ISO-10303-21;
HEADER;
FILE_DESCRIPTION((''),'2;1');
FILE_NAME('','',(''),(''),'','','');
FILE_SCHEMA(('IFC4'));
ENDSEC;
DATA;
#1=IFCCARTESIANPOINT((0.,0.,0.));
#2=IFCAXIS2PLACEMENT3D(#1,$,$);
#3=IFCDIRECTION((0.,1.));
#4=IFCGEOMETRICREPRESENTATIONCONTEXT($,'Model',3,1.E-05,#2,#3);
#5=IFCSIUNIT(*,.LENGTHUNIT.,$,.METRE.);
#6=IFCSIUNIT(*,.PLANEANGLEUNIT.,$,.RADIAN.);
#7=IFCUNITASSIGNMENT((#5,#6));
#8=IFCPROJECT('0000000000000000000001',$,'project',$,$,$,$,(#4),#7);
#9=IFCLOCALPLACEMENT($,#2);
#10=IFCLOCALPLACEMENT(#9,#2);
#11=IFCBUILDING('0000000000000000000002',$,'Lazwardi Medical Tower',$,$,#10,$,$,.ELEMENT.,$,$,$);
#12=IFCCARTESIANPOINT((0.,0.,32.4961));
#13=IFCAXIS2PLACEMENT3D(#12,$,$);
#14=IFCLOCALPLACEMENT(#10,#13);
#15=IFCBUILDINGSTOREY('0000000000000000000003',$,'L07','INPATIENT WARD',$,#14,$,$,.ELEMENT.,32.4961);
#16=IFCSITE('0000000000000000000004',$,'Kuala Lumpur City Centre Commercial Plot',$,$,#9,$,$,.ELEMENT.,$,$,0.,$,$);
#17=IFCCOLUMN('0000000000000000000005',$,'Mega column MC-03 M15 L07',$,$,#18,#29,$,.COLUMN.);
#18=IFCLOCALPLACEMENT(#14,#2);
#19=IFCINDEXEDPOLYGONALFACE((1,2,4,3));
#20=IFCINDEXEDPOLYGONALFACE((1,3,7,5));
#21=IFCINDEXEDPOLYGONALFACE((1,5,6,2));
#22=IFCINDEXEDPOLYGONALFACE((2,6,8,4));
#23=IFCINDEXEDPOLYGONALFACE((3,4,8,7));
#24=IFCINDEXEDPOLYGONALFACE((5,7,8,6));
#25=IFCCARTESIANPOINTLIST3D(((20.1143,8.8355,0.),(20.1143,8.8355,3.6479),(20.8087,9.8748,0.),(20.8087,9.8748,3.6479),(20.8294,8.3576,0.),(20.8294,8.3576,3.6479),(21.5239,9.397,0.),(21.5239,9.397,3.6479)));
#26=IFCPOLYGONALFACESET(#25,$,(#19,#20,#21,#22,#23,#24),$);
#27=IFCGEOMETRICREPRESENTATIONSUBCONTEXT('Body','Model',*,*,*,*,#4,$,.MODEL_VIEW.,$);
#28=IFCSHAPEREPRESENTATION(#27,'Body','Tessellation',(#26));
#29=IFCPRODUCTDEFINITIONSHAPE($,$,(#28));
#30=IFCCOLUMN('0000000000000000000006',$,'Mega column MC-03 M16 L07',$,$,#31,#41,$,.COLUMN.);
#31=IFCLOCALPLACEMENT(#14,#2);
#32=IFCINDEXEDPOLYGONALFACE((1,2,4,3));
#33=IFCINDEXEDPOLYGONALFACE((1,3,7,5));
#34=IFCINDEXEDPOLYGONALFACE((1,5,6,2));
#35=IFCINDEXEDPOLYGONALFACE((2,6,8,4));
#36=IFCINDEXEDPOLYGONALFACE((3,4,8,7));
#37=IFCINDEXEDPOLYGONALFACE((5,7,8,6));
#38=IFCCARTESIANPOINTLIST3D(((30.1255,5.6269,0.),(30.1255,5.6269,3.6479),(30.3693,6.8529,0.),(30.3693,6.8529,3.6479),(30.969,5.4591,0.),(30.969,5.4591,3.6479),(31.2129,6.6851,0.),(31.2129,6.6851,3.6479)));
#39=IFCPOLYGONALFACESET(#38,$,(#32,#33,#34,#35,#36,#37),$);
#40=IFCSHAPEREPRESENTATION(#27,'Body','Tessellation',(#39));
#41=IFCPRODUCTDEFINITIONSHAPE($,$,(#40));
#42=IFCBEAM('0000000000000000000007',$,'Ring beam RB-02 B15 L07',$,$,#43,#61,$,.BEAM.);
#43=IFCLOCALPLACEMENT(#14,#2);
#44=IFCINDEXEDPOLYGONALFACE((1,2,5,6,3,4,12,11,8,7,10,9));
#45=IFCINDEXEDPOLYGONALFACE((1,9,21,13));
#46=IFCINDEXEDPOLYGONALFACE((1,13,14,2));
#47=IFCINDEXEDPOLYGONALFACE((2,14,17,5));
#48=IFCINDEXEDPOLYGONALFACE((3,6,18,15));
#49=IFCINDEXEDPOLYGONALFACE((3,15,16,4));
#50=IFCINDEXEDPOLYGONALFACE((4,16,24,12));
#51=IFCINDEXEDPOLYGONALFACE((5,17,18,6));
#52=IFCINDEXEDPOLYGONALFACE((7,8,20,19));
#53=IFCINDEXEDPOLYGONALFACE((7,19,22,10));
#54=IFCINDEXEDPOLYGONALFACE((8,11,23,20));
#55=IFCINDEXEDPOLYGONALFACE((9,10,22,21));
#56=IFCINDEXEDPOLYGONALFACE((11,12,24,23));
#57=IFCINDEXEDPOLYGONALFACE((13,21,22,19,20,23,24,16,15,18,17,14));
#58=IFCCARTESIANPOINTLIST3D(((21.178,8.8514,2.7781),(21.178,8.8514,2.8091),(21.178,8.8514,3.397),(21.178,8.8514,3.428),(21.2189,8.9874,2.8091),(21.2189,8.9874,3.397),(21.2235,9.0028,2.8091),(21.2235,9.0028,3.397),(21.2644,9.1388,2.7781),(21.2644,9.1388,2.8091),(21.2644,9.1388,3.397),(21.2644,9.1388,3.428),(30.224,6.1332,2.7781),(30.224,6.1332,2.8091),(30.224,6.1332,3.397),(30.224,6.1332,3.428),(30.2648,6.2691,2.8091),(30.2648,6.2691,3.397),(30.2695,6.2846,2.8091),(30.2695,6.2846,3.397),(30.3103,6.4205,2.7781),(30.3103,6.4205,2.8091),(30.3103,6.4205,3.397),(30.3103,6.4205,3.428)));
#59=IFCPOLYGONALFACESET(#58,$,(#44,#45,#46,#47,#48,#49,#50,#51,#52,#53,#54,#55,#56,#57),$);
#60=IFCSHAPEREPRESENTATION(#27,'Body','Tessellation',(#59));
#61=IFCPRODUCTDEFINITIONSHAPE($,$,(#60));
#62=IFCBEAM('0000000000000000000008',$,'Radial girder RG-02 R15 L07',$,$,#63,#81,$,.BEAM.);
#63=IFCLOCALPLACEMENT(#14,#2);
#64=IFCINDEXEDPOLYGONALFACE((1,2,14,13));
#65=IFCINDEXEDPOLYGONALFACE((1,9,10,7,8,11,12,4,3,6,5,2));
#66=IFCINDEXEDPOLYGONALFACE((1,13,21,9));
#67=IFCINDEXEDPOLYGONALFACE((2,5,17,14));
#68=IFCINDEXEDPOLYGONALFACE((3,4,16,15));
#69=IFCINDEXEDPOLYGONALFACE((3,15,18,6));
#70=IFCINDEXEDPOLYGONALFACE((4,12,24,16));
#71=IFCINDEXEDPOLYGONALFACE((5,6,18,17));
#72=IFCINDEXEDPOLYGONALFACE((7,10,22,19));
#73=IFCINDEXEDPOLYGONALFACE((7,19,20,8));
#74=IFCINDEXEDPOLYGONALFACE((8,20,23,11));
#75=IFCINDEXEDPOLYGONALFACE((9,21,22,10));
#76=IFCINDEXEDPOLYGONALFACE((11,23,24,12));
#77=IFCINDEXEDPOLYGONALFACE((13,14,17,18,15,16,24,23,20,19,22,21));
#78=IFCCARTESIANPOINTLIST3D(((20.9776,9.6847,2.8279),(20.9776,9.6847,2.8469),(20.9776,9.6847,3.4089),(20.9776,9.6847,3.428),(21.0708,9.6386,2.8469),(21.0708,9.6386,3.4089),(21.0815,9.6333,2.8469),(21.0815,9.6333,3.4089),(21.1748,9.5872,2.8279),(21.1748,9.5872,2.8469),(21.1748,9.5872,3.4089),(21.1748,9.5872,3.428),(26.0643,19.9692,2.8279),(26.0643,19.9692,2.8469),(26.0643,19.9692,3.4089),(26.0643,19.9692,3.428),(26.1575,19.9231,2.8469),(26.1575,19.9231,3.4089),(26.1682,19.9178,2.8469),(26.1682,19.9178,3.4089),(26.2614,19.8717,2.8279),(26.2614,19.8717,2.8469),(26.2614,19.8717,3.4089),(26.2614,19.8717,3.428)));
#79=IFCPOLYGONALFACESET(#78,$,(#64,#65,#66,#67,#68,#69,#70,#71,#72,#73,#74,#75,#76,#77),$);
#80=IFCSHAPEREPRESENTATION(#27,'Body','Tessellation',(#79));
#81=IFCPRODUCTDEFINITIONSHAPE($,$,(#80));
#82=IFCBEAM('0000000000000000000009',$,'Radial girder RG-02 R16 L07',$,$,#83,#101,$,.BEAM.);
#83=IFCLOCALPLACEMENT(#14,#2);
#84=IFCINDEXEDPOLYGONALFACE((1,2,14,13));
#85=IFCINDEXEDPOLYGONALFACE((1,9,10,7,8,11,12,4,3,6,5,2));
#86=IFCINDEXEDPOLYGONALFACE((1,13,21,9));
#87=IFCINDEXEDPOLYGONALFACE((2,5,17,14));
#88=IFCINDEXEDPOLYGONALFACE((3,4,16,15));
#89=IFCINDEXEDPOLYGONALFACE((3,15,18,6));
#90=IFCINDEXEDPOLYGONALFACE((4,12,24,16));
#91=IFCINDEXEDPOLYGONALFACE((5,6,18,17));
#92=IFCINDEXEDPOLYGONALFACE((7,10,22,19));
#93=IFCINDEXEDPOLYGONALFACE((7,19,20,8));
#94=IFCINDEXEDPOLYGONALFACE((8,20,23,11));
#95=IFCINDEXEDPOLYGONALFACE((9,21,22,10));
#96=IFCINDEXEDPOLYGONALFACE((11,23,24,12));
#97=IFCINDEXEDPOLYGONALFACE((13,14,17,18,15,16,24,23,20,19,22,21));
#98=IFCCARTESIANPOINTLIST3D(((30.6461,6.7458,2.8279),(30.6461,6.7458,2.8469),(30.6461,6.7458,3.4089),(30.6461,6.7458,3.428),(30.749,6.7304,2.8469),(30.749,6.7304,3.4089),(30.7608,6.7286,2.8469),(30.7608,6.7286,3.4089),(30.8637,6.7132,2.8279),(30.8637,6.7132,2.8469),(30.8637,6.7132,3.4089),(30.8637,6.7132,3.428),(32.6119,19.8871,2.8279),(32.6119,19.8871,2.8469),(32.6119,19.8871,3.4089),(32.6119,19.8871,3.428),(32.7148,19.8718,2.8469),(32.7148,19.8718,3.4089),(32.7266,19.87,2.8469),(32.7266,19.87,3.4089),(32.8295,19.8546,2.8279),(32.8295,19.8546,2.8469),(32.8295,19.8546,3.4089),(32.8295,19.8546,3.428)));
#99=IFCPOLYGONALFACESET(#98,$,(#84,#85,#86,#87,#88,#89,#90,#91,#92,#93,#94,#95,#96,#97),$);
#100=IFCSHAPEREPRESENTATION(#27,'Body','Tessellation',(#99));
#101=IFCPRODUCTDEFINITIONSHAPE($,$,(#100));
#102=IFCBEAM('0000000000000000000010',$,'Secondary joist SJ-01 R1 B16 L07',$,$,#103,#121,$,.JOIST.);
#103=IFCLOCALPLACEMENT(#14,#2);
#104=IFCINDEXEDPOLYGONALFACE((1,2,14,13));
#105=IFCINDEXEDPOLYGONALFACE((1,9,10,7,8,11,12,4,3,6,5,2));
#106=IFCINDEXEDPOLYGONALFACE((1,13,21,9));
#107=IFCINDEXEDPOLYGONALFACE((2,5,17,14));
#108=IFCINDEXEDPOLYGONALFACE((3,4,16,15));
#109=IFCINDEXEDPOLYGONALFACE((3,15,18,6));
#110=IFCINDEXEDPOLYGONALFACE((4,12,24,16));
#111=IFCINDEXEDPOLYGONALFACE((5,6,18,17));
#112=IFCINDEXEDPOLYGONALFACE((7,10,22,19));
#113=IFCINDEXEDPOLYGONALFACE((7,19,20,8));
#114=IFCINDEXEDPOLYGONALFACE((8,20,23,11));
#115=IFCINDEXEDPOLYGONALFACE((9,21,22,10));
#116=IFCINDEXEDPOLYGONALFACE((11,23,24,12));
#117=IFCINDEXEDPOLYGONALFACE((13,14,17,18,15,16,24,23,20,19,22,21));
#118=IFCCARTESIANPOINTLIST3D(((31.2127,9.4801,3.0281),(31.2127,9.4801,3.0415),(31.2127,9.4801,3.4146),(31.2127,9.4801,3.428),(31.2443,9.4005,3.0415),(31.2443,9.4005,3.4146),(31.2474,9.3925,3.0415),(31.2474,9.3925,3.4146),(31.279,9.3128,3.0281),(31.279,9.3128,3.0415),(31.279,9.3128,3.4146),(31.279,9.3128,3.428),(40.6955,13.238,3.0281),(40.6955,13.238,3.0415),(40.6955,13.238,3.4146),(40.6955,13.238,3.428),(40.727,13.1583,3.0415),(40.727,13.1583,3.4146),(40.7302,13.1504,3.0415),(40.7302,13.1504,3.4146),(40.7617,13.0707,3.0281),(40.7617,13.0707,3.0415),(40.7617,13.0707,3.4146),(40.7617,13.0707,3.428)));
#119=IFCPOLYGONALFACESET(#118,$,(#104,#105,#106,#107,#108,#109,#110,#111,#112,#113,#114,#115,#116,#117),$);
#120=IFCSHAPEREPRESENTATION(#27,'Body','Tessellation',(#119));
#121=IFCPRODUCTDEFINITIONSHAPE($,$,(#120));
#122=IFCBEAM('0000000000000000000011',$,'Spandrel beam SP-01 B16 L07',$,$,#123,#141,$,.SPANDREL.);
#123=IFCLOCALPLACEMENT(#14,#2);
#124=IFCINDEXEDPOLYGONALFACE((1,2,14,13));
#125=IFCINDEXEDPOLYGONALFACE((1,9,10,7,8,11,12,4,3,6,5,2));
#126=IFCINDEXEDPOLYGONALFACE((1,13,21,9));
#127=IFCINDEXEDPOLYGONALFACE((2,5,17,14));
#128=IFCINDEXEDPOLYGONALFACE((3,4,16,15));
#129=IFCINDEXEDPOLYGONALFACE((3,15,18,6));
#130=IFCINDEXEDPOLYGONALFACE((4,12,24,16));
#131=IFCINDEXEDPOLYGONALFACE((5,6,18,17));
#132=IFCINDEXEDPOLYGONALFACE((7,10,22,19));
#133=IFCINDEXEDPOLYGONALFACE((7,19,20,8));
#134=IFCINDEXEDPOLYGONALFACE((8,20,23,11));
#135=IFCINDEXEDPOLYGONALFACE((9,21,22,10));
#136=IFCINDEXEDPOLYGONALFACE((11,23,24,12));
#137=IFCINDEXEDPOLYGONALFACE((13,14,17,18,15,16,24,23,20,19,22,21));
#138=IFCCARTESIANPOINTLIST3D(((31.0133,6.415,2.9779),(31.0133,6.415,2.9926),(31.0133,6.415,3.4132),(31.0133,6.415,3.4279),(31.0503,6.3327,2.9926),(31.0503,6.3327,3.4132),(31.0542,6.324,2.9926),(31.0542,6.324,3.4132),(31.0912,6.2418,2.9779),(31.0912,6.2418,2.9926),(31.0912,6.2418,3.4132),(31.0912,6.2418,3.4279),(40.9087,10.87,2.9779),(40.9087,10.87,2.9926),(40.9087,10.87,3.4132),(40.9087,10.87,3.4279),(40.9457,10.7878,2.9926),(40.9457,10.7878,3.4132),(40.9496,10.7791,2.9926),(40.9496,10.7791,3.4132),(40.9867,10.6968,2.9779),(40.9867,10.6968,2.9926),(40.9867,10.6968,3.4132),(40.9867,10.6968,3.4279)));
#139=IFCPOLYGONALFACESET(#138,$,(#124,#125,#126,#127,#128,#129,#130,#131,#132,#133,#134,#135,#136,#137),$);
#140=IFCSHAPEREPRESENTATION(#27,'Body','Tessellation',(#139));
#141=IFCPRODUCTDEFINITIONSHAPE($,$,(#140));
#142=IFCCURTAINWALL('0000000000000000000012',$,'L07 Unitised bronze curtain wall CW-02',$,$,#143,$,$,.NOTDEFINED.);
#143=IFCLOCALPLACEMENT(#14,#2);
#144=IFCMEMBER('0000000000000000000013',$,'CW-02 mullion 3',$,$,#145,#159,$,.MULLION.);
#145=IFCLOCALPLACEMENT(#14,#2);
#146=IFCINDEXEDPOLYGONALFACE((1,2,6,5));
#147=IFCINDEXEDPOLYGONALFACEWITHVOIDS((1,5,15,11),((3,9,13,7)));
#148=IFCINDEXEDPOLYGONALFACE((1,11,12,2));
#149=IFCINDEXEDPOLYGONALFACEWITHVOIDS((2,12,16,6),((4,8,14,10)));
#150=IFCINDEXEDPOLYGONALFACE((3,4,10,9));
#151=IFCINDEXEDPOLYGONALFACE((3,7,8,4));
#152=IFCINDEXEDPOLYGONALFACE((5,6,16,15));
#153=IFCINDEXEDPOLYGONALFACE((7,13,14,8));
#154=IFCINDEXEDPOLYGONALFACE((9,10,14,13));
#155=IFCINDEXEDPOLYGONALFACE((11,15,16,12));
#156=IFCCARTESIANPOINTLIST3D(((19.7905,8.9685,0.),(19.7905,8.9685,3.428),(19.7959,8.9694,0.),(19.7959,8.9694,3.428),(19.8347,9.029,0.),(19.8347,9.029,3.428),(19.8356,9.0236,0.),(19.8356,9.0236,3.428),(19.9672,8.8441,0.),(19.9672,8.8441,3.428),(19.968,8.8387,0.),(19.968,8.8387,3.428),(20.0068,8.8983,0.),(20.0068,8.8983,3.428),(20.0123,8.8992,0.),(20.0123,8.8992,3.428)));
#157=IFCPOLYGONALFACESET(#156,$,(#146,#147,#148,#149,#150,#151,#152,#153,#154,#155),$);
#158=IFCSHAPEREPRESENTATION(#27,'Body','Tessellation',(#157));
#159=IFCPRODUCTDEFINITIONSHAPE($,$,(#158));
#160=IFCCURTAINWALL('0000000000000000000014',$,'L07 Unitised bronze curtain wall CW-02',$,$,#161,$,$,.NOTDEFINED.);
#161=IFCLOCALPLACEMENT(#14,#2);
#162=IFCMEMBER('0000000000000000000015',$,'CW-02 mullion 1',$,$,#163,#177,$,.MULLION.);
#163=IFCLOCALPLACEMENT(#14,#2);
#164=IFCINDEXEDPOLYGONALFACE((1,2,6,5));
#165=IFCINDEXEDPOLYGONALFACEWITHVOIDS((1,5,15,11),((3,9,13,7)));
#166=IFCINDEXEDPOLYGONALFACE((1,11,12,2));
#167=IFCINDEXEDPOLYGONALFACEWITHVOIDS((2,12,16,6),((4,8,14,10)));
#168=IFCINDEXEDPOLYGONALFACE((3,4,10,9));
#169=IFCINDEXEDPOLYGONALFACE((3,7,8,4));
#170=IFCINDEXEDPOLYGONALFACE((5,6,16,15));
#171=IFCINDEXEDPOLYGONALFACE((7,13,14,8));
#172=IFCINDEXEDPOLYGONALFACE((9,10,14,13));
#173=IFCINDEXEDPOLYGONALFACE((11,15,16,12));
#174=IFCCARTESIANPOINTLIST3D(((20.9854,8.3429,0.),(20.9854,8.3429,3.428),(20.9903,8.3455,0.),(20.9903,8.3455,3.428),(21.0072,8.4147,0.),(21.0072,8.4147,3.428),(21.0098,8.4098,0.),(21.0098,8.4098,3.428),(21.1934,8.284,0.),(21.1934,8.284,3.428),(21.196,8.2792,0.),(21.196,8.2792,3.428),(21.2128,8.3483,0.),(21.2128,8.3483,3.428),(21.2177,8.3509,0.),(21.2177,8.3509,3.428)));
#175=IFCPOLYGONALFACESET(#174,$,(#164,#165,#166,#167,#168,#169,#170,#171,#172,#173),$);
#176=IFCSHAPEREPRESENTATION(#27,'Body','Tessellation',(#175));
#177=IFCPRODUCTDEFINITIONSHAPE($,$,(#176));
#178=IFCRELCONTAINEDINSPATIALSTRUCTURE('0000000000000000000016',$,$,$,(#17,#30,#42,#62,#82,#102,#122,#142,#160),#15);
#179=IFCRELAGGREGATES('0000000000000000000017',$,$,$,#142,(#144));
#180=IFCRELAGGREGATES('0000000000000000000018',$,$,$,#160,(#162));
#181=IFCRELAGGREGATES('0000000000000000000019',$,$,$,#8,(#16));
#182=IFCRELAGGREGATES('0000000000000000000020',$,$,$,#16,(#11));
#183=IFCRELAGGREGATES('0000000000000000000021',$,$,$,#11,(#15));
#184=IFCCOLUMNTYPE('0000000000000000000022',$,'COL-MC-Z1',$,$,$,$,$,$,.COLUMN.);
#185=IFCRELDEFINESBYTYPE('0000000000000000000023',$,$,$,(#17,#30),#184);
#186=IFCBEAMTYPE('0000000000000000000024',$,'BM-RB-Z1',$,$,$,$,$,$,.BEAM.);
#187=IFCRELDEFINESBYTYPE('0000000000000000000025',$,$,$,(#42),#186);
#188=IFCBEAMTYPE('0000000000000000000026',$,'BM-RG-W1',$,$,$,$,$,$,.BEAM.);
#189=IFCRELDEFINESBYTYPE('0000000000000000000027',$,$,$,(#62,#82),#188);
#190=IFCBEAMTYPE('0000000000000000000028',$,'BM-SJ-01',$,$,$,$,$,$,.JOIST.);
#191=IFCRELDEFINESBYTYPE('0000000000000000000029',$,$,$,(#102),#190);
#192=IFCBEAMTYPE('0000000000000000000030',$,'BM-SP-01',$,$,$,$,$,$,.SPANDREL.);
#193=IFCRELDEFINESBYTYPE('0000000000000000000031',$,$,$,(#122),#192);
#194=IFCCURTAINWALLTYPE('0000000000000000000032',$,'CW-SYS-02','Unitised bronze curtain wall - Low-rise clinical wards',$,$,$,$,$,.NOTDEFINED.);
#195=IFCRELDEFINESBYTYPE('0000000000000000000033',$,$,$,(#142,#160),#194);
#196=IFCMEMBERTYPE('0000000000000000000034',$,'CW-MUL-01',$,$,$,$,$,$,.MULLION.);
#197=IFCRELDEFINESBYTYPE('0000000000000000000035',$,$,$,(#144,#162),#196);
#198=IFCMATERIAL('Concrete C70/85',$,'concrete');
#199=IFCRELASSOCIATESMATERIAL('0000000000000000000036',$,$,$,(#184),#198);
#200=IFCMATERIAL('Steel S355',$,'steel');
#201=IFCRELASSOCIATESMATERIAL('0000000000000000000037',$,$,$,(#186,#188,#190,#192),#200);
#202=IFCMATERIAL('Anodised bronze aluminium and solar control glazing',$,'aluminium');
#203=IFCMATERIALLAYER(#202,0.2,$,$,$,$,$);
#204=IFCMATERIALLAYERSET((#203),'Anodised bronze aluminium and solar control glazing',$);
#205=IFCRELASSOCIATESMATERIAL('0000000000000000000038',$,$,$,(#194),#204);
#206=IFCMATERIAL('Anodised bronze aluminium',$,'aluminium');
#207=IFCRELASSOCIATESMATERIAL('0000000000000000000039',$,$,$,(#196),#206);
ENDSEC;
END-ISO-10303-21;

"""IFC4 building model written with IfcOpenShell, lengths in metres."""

from ifc_helpers import new_model, si_unit, direction, frame, origin, origin_2d, place, context, subcontext, project, spatial, rectangle, hollow_rectangle, i_section, extrude, material, layer, layer_set, material_profile, profile_set, type_object, element, aggregate, save


model = new_model("IFC4")

# Units and contexts
model_context = context("Model", 3, precision=1e-05, world=origin(), true_north=direction((0.0, 1.0)))
body_context = subcontext(model_context, "Body", "Model", "MODEL_VIEW")
ifc_project = project(units=[si_unit("LENGTHUNIT", "METRE"), si_unit("PLANEANGLEUNIT", "RADIAN")], contexts=[model_context])

# Site, building, storey
site_placement = place(None, origin())
site = spatial("IfcSite", under=ifc_project, at=site_placement, Name="Kuala Lumpur City Centre Commercial Plot", CompositionType="ELEMENT", RefElevation=0.0)
building_placement = place(site_placement, origin())
building = spatial("IfcBuilding", under=site, at=building_placement, Name="Lazwardi Medical Tower", CompositionType="ELEMENT")
storey_placement = place(building_placement, frame((0.0, 0.0, 32.4961)))
storey = spatial("IfcBuildingStorey", under=building, at=storey_placement, Name="L07", Description="INPATIENT WARD", CompositionType="ELEMENT", Elevation=32.4961)

# Columns
ifc_material_1 = material(Name="Concrete C70/85", Category="concrete")
ifc_material_profile_1 = material_profile(ifc_material_1, rectangle(XDim=1.25, YDim=0.8601, at=origin_2d()), Name="CFT-RECT 1250x860")
ifc_profile_set_1 = profile_set([ifc_material_profile_1], Name="Concrete C70/85")
column_type = type_object("IfcColumnType", Name="COL-MC-Z1", PredefinedType="COLUMN", material=ifc_profile_set_1)
for number, where, z_axis, x_axis, name in (
    (1, (20.8191, 9.1162, 0.0), (0.0, 0.0, 1.0), (-0.55557, -0.83147, 0.0), "Mega column MC-03 M15 L07"),
    (2, (30.6692, 6.156, 0.0), (0.0, 0.0, 1.0), (-0.19509, -0.980785, 0.0), "Mega column MC-03 M16 L07"),
):
    element("IfcColumn", number, at=place(storey_placement, frame(where, z_axis=z_axis, x_axis=x_axis)), inside=storey, type_object=column_type, Name=name, PredefinedType="COLUMN", context=body_context, shape_type="SweptSolid", body=[
        extrude(rectangle(XDim=1.25, YDim=0.8601, at=origin_2d()), origin(), (0.0, 0.0, 1.0), 3.6479),
    ])

# Beams
ifc_material_2 = material(Name="Steel S355", Category="steel")
ifc_material_profile_2 = material_profile(ifc_material_2, i_section(OverallWidth=0.3, OverallDepth=0.6499, WebThickness=0.0161, FlangeThickness=0.031, at=origin_2d()), Name="HEB 650")
ifc_profile_set_2 = profile_set([ifc_material_profile_2], Name="Steel S355")
beam_type_1 = type_object("IfcBeamType", Name="BM-RB-Z1", PredefinedType="BEAM", material=ifc_profile_set_2)
beam_1_placement = place(storey_placement, frame((21.2212, 8.9951, 3.103), z_axis=(0.957695, -0.287784, 0.0), x_axis=(0.287784, 0.957695, 0.0)))
element("IfcBeam", 3, at=beam_1_placement, inside=storey, type_object=beam_type_1, Name="Ring beam RB-02 B15 L07", PredefinedType="BEAM", context=body_context, shape_type="SweptSolid", body=[
    extrude(i_section(OverallWidth=0.3, OverallDepth=0.6499, WebThickness=0.0161, FlangeThickness=0.031, at=origin_2d()), origin(), (0.0, 0.0, 1.0), 9.4456),
])
ifc_material_profile_3 = material_profile(ifc_material_2, i_section(OverallWidth=0.22, OverallDepth=0.6001, WebThickness=0.012, FlangeThickness=0.019, at=origin_2d()), Name="IPE 600")
ifc_profile_set_3 = profile_set([ifc_material_profile_3], Name="Steel S355")
beam_type_2 = type_object("IfcBeamType", Name="BM-RG-W1", PredefinedType="BEAM", material=ifc_profile_set_3)
beam_2_placement = place(storey_placement, frame((21.0762, 9.636, 3.1279), z_axis=(0.443337, 0.896355, 0.0), x_axis=(-0.896355, 0.443337, 0.0)))
element("IfcBeam", 4, at=beam_2_placement, inside=storey, type_object=beam_type_2, Name="Radial girder RG-02 R15 L07", PredefinedType="BEAM", context=body_context, shape_type="SweptSolid", body=[
    extrude(i_section(OverallWidth=0.22, OverallDepth=0.6001, WebThickness=0.012, FlangeThickness=0.019, at=origin_2d()), origin(), (0.0, 0.0, 1.0), 11.4736),
])
beam_3_placement = place(storey_placement, frame((30.7549, 6.7295, 3.1279), z_axis=(0.147944, 0.988996, 0.0), x_axis=(-0.988996, 0.147944, 0.0)))
element("IfcBeam", 5, at=beam_3_placement, inside=storey, type_object=beam_type_2, Name="Radial girder RG-02 R16 L07", PredefinedType="BEAM", context=body_context, shape_type="SweptSolid", body=[
    extrude(i_section(OverallWidth=0.22, OverallDepth=0.6001, WebThickness=0.012, FlangeThickness=0.019, at=origin_2d()), origin(), (0.0, 0.0, 1.0), 13.2876),
])
ifc_material_profile_4 = material_profile(ifc_material_2, i_section(OverallWidth=0.1799, OverallDepth=0.3999, WebThickness=0.0085, FlangeThickness=0.0134, at=origin_2d()), Name="IPE 400")
ifc_profile_set_4 = profile_set([ifc_material_profile_4], Name="Steel S355")
beam_type_3 = type_object("IfcBeamType", Name="BM-SJ-01", PredefinedType="JOIST", material=ifc_profile_set_4)
beam_4_placement = place(storey_placement, frame((31.2458, 9.3965, 3.228), z_axis=(0.929664, 0.368409, 0.0), x_axis=(-0.368409, 0.929664, 0.0)))
element("IfcBeam", 6, at=beam_4_placement, inside=storey, type_object=beam_type_3, Name="Secondary joist SJ-01 R1 B16 L07", PredefinedType="JOIST", context=body_context, shape_type="SweptSolid", body=[
    extrude(i_section(OverallWidth=0.1799, OverallDepth=0.3999, WebThickness=0.0085, FlangeThickness=0.0134, at=origin_2d()), origin(), (0.0, 0.0, 1.0), 10.2002),
])
ifc_material_profile_5 = material_profile(ifc_material_2, i_section(OverallWidth=0.1899, OverallDepth=0.45, WebThickness=0.0095, FlangeThickness=0.0146, at=origin_2d()), Name="IPE 450")
ifc_profile_set_5 = profile_set([ifc_material_profile_5], Name="Steel S355")
beam_type_4 = type_object("IfcBeamType", Name="BM-SP-01", PredefinedType="SPANDREL", material=ifc_profile_set_5)
beam_5_placement = place(storey_placement, frame((31.0522, 6.3284, 3.2029), z_axis=(0.911849, 0.410526, 0.0), x_axis=(-0.410526, 0.911849, 0.0)))
element("IfcBeam", 7, at=beam_5_placement, inside=storey, type_object=beam_type_4, Name="Spandrel beam SP-01 B16 L07", PredefinedType="SPANDREL", context=body_context, shape_type="SweptSolid", body=[
    extrude(i_section(OverallWidth=0.1899, OverallDepth=0.45, WebThickness=0.0095, FlangeThickness=0.0146, at=origin_2d()), origin(), (0.0, 0.0, 1.0), 10.8521),
])

# Curtain wall, member
ifc_material_3 = material(Name="Anodised bronze aluminium and solar control glazing", Category="aluminium")
ifc_layer_1 = layer(ifc_material_3, 0.2)
ifc_layer_set_1 = layer_set([ifc_layer_1], Name="Anodised bronze aluminium and solar control glazing")
curtain_wall_type = type_object("IfcCurtainWallType", Name="CW-SYS-02", Description="Unitised bronze curtain wall - Low-rise clinical wards", PredefinedType="NOTDEFINED", material=ifc_layer_set_1)
curtain_wall_1_placement = place(storey_placement, origin())
curtain_wall_1 = element("IfcCurtainWall", 8, at=curtain_wall_1_placement, inside=storey, type_object=curtain_wall_type, Name="L07 Unitised bronze curtain wall CW-02", PredefinedType="NOTDEFINED")
ifc_material_4 = material(Name="Anodised bronze aluminium", Category="aluminium")
ifc_material_profile_6 = material_profile(ifc_material_4, hollow_rectangle(XDim=0.075, YDim=0.22, WallThickness=0.0039, at=origin_2d()), Name="ALU-MULLION 220x75x4")
ifc_profile_set_6 = profile_set([ifc_material_profile_6], Name="Anodised bronze aluminium")
member_type_1 = type_object("IfcMemberType", Name="CW-MUL-01", PredefinedType="MULLION", material=ifc_profile_set_6)
member_1_placement = place(storey_placement, frame((19.9014, 8.9338, 0.0), z_axis=(0.0, 0.0, 1.0), x_axis=(0.590289, 0.807192, 0.0)))
member_1 = element("IfcMember", 9, at=member_1_placement, type_object=member_type_1, Name="CW-02 mullion 3", PredefinedType="MULLION", context=body_context, shape_type="SweptSolid", body=[
    extrude(hollow_rectangle(XDim=0.075, YDim=0.22, WallThickness=0.0039, at=origin_2d()), origin(), (0.0, 0.0, 1.0), 3.428),
])

# Curtain wall, member
curtain_wall_2_placement = place(storey_placement, origin())
curtain_wall_2 = element("IfcCurtainWall", 10, at=curtain_wall_2_placement, inside=storey, type_object=curtain_wall_type, Name="L07 Unitised bronze curtain wall CW-02", PredefinedType="NOTDEFINED")
member_2_placement = place(storey_placement, frame((21.1016, 8.3469, 0.0), z_axis=(0.0, 0.0, 1.0), x_axis=(0.289896, 0.957058, 0.0)))
member_2 = element("IfcMember", 11, at=member_2_placement, type_object=member_type_1, Name="CW-02 mullion 1", PredefinedType="MULLION", context=body_context, shape_type="SweptSolid", body=[
    extrude(hollow_rectangle(XDim=0.075, YDim=0.22, WallThickness=0.0039, at=origin_2d()), origin(), (0.0, 0.0, 1.0), 3.428),
])

aggregate(curtain_wall_1, [member_1])
aggregate(curtain_wall_2, [member_2])

save(model, "model.ifc")
